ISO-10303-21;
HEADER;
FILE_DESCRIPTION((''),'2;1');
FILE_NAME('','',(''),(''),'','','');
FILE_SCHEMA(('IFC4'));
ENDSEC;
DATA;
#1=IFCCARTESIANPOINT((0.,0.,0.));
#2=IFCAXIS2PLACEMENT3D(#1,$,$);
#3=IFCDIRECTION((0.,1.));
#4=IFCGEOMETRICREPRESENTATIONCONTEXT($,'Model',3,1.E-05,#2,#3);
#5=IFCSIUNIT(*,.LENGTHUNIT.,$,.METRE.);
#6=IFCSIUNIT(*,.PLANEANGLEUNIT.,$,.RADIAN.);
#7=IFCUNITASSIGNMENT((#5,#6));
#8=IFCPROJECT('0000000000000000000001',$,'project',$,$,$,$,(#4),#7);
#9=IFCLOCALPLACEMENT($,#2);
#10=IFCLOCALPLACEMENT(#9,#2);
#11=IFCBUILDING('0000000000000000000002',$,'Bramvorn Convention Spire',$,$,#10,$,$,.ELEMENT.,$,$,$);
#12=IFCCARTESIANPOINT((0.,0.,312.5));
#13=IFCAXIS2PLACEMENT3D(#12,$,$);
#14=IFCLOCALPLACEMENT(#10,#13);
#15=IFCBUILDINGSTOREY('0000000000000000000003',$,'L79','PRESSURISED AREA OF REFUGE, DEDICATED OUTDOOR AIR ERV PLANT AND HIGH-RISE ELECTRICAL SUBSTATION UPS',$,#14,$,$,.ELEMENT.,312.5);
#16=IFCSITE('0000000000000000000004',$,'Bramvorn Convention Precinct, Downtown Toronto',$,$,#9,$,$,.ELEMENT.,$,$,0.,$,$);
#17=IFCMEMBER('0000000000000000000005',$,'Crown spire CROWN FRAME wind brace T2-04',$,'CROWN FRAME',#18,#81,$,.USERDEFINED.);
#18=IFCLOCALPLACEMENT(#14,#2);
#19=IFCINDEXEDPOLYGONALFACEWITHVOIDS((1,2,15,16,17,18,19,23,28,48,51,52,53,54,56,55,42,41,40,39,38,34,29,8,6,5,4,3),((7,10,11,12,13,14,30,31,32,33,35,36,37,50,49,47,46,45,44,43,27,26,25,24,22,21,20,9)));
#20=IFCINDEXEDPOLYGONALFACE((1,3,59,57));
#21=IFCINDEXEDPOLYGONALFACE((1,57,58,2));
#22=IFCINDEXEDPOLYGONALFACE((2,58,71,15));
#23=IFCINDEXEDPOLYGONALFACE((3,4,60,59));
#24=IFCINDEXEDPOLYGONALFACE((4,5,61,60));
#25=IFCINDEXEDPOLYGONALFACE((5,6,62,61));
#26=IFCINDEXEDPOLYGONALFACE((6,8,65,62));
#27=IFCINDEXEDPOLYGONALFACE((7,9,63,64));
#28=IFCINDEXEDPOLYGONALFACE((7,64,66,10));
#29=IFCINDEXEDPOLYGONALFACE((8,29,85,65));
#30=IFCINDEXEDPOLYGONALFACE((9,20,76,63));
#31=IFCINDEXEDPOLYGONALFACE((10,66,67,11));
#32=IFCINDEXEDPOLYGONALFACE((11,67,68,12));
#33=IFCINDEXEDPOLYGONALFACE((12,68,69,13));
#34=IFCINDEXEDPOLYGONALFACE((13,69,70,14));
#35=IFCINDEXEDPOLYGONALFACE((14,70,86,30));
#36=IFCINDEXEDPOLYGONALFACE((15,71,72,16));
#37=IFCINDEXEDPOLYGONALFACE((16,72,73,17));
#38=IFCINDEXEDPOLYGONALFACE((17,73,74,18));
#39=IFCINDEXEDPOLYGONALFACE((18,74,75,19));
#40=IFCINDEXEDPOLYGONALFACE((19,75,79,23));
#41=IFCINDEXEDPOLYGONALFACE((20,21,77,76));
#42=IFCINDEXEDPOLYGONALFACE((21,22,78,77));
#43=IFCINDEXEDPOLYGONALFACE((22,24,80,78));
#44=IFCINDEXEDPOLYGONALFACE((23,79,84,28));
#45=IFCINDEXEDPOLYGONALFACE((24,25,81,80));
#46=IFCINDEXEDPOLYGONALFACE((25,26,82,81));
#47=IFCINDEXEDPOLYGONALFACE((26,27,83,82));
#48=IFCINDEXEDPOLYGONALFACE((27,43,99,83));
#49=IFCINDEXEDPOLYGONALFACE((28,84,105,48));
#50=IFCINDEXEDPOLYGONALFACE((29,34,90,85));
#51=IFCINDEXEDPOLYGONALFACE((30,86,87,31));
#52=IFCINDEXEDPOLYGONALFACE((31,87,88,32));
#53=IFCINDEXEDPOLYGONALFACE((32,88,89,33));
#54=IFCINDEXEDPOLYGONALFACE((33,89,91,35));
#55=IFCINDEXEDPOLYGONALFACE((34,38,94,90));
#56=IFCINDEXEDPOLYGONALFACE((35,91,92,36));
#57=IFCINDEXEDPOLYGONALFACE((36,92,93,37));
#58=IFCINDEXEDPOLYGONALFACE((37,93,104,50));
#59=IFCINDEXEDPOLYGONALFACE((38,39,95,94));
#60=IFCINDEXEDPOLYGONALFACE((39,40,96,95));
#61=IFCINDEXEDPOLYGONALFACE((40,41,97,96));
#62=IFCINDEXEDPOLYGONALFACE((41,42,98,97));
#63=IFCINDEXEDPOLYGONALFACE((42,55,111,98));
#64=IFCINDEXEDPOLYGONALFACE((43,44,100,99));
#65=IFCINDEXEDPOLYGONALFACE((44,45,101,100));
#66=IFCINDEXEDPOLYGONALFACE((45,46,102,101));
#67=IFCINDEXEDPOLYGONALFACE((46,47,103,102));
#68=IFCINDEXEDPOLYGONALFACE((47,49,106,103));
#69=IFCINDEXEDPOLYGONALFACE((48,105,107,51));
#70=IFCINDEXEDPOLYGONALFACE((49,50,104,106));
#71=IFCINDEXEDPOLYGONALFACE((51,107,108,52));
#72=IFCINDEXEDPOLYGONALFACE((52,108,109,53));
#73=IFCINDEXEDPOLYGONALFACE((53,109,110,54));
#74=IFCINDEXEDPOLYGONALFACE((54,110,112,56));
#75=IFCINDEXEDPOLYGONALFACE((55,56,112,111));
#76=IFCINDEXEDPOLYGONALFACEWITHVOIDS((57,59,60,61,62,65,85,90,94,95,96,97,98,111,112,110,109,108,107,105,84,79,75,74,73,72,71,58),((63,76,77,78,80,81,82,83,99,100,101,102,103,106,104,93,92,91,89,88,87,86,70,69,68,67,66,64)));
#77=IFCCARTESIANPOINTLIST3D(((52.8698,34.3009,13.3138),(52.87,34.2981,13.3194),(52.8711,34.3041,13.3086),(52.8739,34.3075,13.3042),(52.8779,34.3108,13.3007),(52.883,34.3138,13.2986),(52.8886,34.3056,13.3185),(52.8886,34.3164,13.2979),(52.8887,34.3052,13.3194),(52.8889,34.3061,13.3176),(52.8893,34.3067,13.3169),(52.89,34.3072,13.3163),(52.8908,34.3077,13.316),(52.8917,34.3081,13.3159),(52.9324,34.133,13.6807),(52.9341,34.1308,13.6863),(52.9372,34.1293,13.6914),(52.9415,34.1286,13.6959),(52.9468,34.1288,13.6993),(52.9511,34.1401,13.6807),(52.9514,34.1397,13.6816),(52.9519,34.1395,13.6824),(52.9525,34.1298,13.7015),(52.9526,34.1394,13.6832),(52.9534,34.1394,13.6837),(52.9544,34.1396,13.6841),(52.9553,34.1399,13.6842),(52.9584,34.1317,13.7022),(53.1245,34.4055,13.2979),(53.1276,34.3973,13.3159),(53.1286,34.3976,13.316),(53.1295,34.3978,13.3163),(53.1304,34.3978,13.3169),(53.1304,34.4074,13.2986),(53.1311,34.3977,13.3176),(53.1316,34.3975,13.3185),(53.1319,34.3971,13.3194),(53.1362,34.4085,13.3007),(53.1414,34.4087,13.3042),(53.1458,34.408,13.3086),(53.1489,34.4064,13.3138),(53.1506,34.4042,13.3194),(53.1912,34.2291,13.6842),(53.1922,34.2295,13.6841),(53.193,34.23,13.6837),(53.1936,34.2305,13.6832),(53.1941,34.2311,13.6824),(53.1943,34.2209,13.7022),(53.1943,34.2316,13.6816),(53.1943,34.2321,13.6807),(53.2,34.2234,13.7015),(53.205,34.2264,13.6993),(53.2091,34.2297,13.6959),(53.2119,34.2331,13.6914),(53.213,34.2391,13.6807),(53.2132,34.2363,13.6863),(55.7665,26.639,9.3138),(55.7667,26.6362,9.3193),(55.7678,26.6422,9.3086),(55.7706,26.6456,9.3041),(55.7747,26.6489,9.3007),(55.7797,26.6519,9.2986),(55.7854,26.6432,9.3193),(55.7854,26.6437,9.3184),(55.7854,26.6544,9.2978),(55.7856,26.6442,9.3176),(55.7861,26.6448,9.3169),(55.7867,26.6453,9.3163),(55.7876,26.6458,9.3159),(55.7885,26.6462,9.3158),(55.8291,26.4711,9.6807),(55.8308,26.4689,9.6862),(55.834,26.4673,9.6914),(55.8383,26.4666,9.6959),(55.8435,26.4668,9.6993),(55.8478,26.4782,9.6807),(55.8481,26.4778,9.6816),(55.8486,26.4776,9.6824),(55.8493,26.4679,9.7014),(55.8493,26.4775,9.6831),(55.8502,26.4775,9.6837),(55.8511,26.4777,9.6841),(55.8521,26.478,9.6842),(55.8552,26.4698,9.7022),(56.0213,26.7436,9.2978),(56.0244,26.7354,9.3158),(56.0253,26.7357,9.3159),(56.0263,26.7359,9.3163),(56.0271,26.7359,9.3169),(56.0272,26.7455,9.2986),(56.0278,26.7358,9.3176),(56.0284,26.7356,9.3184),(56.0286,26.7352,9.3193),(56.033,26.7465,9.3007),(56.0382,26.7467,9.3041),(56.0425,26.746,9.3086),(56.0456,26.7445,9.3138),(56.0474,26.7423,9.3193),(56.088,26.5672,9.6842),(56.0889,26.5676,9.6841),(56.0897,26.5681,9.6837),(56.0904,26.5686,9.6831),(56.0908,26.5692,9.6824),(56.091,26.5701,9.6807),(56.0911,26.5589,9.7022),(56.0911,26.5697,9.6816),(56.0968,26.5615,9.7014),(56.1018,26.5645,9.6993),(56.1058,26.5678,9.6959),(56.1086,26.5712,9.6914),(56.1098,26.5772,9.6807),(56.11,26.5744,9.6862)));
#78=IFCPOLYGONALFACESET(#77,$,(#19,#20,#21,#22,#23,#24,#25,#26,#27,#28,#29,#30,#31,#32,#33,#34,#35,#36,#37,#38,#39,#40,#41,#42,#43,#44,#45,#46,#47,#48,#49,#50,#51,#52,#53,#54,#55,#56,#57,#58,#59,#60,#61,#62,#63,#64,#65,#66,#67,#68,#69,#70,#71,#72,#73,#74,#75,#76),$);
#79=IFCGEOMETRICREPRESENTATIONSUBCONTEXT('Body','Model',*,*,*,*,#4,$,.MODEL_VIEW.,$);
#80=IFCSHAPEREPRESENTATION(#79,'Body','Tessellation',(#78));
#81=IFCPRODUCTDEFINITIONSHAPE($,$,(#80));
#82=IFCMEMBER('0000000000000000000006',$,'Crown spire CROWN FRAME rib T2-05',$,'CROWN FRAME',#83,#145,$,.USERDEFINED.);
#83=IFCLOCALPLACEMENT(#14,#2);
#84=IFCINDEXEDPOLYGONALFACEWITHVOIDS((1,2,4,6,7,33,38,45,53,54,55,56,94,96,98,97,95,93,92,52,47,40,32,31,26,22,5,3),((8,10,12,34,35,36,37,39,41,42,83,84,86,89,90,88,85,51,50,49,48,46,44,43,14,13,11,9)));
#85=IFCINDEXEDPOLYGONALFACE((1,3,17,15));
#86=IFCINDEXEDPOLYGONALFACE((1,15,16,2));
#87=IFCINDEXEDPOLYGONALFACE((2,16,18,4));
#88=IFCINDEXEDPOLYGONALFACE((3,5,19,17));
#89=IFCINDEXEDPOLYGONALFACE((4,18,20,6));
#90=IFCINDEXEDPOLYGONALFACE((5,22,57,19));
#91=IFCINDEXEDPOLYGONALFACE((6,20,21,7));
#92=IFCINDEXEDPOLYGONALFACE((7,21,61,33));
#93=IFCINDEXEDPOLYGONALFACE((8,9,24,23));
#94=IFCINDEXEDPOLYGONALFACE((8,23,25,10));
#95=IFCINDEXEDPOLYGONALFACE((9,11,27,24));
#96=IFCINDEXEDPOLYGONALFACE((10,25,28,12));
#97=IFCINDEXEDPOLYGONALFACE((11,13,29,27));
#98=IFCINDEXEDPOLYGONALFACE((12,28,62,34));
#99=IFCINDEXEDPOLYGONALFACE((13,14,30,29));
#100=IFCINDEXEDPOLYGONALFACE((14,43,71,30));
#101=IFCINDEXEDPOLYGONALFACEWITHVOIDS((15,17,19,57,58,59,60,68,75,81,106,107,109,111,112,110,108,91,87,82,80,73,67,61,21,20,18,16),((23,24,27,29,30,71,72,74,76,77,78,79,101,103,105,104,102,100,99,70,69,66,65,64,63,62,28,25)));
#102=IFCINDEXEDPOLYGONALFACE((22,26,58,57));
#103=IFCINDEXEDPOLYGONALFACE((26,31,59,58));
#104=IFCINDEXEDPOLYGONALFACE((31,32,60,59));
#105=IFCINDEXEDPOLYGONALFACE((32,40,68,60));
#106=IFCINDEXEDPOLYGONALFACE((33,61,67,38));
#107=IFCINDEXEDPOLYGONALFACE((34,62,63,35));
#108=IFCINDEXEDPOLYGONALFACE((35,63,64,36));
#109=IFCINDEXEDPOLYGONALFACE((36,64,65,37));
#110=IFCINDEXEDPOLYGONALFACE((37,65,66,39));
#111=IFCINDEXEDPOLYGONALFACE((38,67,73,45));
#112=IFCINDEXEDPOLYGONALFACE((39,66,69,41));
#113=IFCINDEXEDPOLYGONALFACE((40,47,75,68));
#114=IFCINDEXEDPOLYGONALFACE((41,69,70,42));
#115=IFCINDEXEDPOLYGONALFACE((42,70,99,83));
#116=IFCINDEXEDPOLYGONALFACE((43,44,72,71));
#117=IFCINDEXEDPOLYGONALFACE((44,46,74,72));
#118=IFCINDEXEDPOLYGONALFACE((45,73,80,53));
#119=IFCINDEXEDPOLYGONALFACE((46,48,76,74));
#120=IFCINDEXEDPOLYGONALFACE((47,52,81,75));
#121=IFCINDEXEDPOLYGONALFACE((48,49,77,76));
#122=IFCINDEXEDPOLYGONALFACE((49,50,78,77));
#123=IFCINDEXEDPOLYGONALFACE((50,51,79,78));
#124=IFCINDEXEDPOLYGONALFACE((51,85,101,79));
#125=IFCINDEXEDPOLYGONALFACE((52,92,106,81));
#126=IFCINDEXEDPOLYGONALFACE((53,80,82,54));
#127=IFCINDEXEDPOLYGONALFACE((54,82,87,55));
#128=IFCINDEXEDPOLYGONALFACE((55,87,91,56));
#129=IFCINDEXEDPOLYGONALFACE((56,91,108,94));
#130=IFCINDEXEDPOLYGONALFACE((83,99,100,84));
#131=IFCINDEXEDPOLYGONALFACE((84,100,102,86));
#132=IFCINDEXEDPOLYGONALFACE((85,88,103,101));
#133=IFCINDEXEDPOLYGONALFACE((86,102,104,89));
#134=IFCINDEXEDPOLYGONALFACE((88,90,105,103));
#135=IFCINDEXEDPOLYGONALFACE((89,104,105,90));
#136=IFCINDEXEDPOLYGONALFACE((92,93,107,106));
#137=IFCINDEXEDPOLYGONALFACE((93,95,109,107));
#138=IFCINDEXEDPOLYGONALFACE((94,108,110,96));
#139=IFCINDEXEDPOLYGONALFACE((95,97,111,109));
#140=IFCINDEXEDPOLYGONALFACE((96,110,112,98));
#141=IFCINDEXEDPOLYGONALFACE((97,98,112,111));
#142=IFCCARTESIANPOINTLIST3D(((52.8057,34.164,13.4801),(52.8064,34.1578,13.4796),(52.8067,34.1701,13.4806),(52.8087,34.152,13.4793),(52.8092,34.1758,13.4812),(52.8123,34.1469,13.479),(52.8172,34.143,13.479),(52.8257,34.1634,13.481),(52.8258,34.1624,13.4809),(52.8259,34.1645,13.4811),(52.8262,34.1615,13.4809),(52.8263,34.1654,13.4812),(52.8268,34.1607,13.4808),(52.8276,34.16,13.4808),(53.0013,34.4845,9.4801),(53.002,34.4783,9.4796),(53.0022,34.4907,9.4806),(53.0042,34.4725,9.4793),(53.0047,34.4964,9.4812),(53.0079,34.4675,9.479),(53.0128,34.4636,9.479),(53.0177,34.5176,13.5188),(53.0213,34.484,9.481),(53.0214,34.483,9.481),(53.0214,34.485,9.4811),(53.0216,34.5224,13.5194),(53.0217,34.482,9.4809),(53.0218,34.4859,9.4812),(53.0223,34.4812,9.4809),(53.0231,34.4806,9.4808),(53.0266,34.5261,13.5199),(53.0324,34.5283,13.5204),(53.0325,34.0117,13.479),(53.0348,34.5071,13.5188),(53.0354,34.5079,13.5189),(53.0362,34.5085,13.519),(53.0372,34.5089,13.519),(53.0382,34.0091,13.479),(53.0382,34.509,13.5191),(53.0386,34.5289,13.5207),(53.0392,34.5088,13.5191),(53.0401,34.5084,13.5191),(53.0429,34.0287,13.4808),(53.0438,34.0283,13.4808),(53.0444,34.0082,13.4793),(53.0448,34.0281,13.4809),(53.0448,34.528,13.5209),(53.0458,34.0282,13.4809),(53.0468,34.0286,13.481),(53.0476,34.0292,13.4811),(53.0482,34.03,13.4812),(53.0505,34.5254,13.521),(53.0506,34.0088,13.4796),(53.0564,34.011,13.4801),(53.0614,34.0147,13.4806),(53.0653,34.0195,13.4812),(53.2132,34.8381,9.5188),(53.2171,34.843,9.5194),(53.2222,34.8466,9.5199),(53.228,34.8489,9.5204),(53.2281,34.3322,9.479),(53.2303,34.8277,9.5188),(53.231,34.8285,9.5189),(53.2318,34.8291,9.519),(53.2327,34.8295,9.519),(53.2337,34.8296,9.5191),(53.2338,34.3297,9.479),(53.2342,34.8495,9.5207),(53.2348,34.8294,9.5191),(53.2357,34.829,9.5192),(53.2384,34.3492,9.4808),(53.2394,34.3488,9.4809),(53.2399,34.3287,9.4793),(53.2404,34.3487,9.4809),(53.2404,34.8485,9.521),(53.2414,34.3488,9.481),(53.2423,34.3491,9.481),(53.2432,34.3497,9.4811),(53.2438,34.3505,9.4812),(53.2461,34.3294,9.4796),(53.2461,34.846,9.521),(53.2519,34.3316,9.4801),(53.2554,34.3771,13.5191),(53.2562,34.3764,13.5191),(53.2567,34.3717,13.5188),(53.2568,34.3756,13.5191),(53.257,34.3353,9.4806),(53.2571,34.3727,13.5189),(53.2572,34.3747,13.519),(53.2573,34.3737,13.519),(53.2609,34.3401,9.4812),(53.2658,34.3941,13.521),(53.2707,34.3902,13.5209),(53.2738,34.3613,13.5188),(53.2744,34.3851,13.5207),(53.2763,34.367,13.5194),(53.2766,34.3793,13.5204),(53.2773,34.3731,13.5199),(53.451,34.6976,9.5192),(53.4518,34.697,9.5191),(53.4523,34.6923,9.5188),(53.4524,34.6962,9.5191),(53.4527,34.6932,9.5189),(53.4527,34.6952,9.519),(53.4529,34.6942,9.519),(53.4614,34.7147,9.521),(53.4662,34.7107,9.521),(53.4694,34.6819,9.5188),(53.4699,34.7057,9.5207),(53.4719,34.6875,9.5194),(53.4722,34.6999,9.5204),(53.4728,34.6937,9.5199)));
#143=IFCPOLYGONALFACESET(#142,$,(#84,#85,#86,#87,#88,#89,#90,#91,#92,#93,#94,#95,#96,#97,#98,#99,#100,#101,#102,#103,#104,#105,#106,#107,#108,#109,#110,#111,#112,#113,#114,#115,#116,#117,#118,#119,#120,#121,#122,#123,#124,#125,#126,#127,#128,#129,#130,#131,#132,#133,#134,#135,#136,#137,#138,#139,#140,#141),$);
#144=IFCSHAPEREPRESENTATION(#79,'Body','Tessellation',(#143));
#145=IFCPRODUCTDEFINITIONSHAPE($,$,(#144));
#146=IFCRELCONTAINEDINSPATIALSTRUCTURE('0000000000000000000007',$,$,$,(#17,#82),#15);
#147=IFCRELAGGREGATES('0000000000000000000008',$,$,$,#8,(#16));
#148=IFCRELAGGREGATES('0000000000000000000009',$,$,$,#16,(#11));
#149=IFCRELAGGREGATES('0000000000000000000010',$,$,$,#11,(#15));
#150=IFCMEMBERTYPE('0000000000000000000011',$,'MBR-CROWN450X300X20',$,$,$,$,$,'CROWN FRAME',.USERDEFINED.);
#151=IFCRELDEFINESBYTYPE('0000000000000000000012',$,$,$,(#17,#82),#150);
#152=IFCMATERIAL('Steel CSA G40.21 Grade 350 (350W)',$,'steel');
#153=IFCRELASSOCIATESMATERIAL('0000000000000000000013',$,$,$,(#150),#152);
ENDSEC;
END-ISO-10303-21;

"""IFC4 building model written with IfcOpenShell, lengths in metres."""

from ifc_helpers import new_model, si_unit, direction, frame, origin, origin_2d, place, context, subcontext, project, spatial, hollow_rectangle, extrude, material, material_profile, profile_set, type_object, element, save


model = new_model("IFC4")

# Units and contexts
model_context = context("Model", 3, precision=1e-05, world=origin(), true_north=direction((0.0, 1.0)))
body_context = subcontext(model_context, "Body", "Model", "MODEL_VIEW")
ifc_project = project(units=[si_unit("LENGTHUNIT", "METRE"), si_unit("PLANEANGLEUNIT", "RADIAN")], contexts=[model_context])

# Site, building, storey
site_placement = place(None, origin())
site = spatial("IfcSite", under=ifc_project, at=site_placement, Name="Bramvorn Convention Precinct, Downtown Toronto", CompositionType="ELEMENT", RefElevation=0.0)
building_placement = place(site_placement, origin())
building = spatial("IfcBuilding", under=site, at=building_placement, Name="Bramvorn Convention Spire", CompositionType="ELEMENT")
storey_placement = place(building_placement, frame((0.0, 0.0, 312.5)))
storey = spatial("IfcBuildingStorey", under=building, at=storey_placement, Name="L79", Description="PRESSURISED AREA OF REFUGE, DEDICATED OUTDOOR AIR ERV PLANT AND HIGH-RISE ELECTRICAL SUBSTATION UPS", CompositionType="ELEMENT", Elevation=312.5)

# Members
ifc_material_1 = material(Name="Steel CSA G40.21 Grade 350 (350W)", Category="steel")
ifc_material_profile_1 = material_profile(ifc_material_1, hollow_rectangle(XDim=0.3, YDim=0.45, WallThickness=0.02, InnerFilletRadius=0.0039, OuterFilletRadius=0.0239, at=origin_2d()))
ifc_profile_set_1 = profile_set([ifc_material_profile_1], Name="Steel CSA G40.21 Grade 350 (350W) - CROWN450X300X20")
member_type_1 = type_object("IfcMemberType", Name="MBR-CROWN450X300X20", ElementType="CROWN FRAME", PredefinedType="USERDEFINED", material=ifc_profile_set_1)
member_1_placement = place(storey_placement, frame((55.9382, 26.6067, 9.5), z_axis=(-0.317775, 0.840517, 0.438805), x_axis=(-0.935381, -0.353641, 0.0)))
element("IfcMember", 1, at=member_1_placement, inside=storey, type_object=member_type_1, Name="Crown spire CROWN FRAME wind brace T2-04", ObjectType="CROWN FRAME", PredefinedType="USERDEFINED", context=body_context, shape_type="SweptSolid", body=[
    extrude(hollow_rectangle(XDim=0.3, YDim=0.45, WallThickness=0.02, InnerFilletRadius=0.0039, OuterFilletRadius=0.0239, at=origin_2d()), origin(), (0.0, 0.0, 1.0), 9.1157),
])
member_2_placement = place(storey_placement, frame((53.2371, 34.5891, 9.5), z_axis=(-0.048675, -0.079788, 0.995623), x_axis=(0.853683, -0.520792, 0.0)))
element("IfcMember", 2, at=member_2_placement, inside=storey, type_object=member_type_1, Name="Crown spire CROWN FRAME rib T2-05", ObjectType="CROWN FRAME", PredefinedType="USERDEFINED", context=body_context, shape_type="SweptSolid", body=[
    extrude(hollow_rectangle(XDim=0.3, YDim=0.45, WallThickness=0.02, InnerFilletRadius=0.0039, OuterFilletRadius=0.0239, at=origin_2d()), origin(), (0.0, 0.0, 1.0), 4.0176),
])

save(model, "model.ifc")
